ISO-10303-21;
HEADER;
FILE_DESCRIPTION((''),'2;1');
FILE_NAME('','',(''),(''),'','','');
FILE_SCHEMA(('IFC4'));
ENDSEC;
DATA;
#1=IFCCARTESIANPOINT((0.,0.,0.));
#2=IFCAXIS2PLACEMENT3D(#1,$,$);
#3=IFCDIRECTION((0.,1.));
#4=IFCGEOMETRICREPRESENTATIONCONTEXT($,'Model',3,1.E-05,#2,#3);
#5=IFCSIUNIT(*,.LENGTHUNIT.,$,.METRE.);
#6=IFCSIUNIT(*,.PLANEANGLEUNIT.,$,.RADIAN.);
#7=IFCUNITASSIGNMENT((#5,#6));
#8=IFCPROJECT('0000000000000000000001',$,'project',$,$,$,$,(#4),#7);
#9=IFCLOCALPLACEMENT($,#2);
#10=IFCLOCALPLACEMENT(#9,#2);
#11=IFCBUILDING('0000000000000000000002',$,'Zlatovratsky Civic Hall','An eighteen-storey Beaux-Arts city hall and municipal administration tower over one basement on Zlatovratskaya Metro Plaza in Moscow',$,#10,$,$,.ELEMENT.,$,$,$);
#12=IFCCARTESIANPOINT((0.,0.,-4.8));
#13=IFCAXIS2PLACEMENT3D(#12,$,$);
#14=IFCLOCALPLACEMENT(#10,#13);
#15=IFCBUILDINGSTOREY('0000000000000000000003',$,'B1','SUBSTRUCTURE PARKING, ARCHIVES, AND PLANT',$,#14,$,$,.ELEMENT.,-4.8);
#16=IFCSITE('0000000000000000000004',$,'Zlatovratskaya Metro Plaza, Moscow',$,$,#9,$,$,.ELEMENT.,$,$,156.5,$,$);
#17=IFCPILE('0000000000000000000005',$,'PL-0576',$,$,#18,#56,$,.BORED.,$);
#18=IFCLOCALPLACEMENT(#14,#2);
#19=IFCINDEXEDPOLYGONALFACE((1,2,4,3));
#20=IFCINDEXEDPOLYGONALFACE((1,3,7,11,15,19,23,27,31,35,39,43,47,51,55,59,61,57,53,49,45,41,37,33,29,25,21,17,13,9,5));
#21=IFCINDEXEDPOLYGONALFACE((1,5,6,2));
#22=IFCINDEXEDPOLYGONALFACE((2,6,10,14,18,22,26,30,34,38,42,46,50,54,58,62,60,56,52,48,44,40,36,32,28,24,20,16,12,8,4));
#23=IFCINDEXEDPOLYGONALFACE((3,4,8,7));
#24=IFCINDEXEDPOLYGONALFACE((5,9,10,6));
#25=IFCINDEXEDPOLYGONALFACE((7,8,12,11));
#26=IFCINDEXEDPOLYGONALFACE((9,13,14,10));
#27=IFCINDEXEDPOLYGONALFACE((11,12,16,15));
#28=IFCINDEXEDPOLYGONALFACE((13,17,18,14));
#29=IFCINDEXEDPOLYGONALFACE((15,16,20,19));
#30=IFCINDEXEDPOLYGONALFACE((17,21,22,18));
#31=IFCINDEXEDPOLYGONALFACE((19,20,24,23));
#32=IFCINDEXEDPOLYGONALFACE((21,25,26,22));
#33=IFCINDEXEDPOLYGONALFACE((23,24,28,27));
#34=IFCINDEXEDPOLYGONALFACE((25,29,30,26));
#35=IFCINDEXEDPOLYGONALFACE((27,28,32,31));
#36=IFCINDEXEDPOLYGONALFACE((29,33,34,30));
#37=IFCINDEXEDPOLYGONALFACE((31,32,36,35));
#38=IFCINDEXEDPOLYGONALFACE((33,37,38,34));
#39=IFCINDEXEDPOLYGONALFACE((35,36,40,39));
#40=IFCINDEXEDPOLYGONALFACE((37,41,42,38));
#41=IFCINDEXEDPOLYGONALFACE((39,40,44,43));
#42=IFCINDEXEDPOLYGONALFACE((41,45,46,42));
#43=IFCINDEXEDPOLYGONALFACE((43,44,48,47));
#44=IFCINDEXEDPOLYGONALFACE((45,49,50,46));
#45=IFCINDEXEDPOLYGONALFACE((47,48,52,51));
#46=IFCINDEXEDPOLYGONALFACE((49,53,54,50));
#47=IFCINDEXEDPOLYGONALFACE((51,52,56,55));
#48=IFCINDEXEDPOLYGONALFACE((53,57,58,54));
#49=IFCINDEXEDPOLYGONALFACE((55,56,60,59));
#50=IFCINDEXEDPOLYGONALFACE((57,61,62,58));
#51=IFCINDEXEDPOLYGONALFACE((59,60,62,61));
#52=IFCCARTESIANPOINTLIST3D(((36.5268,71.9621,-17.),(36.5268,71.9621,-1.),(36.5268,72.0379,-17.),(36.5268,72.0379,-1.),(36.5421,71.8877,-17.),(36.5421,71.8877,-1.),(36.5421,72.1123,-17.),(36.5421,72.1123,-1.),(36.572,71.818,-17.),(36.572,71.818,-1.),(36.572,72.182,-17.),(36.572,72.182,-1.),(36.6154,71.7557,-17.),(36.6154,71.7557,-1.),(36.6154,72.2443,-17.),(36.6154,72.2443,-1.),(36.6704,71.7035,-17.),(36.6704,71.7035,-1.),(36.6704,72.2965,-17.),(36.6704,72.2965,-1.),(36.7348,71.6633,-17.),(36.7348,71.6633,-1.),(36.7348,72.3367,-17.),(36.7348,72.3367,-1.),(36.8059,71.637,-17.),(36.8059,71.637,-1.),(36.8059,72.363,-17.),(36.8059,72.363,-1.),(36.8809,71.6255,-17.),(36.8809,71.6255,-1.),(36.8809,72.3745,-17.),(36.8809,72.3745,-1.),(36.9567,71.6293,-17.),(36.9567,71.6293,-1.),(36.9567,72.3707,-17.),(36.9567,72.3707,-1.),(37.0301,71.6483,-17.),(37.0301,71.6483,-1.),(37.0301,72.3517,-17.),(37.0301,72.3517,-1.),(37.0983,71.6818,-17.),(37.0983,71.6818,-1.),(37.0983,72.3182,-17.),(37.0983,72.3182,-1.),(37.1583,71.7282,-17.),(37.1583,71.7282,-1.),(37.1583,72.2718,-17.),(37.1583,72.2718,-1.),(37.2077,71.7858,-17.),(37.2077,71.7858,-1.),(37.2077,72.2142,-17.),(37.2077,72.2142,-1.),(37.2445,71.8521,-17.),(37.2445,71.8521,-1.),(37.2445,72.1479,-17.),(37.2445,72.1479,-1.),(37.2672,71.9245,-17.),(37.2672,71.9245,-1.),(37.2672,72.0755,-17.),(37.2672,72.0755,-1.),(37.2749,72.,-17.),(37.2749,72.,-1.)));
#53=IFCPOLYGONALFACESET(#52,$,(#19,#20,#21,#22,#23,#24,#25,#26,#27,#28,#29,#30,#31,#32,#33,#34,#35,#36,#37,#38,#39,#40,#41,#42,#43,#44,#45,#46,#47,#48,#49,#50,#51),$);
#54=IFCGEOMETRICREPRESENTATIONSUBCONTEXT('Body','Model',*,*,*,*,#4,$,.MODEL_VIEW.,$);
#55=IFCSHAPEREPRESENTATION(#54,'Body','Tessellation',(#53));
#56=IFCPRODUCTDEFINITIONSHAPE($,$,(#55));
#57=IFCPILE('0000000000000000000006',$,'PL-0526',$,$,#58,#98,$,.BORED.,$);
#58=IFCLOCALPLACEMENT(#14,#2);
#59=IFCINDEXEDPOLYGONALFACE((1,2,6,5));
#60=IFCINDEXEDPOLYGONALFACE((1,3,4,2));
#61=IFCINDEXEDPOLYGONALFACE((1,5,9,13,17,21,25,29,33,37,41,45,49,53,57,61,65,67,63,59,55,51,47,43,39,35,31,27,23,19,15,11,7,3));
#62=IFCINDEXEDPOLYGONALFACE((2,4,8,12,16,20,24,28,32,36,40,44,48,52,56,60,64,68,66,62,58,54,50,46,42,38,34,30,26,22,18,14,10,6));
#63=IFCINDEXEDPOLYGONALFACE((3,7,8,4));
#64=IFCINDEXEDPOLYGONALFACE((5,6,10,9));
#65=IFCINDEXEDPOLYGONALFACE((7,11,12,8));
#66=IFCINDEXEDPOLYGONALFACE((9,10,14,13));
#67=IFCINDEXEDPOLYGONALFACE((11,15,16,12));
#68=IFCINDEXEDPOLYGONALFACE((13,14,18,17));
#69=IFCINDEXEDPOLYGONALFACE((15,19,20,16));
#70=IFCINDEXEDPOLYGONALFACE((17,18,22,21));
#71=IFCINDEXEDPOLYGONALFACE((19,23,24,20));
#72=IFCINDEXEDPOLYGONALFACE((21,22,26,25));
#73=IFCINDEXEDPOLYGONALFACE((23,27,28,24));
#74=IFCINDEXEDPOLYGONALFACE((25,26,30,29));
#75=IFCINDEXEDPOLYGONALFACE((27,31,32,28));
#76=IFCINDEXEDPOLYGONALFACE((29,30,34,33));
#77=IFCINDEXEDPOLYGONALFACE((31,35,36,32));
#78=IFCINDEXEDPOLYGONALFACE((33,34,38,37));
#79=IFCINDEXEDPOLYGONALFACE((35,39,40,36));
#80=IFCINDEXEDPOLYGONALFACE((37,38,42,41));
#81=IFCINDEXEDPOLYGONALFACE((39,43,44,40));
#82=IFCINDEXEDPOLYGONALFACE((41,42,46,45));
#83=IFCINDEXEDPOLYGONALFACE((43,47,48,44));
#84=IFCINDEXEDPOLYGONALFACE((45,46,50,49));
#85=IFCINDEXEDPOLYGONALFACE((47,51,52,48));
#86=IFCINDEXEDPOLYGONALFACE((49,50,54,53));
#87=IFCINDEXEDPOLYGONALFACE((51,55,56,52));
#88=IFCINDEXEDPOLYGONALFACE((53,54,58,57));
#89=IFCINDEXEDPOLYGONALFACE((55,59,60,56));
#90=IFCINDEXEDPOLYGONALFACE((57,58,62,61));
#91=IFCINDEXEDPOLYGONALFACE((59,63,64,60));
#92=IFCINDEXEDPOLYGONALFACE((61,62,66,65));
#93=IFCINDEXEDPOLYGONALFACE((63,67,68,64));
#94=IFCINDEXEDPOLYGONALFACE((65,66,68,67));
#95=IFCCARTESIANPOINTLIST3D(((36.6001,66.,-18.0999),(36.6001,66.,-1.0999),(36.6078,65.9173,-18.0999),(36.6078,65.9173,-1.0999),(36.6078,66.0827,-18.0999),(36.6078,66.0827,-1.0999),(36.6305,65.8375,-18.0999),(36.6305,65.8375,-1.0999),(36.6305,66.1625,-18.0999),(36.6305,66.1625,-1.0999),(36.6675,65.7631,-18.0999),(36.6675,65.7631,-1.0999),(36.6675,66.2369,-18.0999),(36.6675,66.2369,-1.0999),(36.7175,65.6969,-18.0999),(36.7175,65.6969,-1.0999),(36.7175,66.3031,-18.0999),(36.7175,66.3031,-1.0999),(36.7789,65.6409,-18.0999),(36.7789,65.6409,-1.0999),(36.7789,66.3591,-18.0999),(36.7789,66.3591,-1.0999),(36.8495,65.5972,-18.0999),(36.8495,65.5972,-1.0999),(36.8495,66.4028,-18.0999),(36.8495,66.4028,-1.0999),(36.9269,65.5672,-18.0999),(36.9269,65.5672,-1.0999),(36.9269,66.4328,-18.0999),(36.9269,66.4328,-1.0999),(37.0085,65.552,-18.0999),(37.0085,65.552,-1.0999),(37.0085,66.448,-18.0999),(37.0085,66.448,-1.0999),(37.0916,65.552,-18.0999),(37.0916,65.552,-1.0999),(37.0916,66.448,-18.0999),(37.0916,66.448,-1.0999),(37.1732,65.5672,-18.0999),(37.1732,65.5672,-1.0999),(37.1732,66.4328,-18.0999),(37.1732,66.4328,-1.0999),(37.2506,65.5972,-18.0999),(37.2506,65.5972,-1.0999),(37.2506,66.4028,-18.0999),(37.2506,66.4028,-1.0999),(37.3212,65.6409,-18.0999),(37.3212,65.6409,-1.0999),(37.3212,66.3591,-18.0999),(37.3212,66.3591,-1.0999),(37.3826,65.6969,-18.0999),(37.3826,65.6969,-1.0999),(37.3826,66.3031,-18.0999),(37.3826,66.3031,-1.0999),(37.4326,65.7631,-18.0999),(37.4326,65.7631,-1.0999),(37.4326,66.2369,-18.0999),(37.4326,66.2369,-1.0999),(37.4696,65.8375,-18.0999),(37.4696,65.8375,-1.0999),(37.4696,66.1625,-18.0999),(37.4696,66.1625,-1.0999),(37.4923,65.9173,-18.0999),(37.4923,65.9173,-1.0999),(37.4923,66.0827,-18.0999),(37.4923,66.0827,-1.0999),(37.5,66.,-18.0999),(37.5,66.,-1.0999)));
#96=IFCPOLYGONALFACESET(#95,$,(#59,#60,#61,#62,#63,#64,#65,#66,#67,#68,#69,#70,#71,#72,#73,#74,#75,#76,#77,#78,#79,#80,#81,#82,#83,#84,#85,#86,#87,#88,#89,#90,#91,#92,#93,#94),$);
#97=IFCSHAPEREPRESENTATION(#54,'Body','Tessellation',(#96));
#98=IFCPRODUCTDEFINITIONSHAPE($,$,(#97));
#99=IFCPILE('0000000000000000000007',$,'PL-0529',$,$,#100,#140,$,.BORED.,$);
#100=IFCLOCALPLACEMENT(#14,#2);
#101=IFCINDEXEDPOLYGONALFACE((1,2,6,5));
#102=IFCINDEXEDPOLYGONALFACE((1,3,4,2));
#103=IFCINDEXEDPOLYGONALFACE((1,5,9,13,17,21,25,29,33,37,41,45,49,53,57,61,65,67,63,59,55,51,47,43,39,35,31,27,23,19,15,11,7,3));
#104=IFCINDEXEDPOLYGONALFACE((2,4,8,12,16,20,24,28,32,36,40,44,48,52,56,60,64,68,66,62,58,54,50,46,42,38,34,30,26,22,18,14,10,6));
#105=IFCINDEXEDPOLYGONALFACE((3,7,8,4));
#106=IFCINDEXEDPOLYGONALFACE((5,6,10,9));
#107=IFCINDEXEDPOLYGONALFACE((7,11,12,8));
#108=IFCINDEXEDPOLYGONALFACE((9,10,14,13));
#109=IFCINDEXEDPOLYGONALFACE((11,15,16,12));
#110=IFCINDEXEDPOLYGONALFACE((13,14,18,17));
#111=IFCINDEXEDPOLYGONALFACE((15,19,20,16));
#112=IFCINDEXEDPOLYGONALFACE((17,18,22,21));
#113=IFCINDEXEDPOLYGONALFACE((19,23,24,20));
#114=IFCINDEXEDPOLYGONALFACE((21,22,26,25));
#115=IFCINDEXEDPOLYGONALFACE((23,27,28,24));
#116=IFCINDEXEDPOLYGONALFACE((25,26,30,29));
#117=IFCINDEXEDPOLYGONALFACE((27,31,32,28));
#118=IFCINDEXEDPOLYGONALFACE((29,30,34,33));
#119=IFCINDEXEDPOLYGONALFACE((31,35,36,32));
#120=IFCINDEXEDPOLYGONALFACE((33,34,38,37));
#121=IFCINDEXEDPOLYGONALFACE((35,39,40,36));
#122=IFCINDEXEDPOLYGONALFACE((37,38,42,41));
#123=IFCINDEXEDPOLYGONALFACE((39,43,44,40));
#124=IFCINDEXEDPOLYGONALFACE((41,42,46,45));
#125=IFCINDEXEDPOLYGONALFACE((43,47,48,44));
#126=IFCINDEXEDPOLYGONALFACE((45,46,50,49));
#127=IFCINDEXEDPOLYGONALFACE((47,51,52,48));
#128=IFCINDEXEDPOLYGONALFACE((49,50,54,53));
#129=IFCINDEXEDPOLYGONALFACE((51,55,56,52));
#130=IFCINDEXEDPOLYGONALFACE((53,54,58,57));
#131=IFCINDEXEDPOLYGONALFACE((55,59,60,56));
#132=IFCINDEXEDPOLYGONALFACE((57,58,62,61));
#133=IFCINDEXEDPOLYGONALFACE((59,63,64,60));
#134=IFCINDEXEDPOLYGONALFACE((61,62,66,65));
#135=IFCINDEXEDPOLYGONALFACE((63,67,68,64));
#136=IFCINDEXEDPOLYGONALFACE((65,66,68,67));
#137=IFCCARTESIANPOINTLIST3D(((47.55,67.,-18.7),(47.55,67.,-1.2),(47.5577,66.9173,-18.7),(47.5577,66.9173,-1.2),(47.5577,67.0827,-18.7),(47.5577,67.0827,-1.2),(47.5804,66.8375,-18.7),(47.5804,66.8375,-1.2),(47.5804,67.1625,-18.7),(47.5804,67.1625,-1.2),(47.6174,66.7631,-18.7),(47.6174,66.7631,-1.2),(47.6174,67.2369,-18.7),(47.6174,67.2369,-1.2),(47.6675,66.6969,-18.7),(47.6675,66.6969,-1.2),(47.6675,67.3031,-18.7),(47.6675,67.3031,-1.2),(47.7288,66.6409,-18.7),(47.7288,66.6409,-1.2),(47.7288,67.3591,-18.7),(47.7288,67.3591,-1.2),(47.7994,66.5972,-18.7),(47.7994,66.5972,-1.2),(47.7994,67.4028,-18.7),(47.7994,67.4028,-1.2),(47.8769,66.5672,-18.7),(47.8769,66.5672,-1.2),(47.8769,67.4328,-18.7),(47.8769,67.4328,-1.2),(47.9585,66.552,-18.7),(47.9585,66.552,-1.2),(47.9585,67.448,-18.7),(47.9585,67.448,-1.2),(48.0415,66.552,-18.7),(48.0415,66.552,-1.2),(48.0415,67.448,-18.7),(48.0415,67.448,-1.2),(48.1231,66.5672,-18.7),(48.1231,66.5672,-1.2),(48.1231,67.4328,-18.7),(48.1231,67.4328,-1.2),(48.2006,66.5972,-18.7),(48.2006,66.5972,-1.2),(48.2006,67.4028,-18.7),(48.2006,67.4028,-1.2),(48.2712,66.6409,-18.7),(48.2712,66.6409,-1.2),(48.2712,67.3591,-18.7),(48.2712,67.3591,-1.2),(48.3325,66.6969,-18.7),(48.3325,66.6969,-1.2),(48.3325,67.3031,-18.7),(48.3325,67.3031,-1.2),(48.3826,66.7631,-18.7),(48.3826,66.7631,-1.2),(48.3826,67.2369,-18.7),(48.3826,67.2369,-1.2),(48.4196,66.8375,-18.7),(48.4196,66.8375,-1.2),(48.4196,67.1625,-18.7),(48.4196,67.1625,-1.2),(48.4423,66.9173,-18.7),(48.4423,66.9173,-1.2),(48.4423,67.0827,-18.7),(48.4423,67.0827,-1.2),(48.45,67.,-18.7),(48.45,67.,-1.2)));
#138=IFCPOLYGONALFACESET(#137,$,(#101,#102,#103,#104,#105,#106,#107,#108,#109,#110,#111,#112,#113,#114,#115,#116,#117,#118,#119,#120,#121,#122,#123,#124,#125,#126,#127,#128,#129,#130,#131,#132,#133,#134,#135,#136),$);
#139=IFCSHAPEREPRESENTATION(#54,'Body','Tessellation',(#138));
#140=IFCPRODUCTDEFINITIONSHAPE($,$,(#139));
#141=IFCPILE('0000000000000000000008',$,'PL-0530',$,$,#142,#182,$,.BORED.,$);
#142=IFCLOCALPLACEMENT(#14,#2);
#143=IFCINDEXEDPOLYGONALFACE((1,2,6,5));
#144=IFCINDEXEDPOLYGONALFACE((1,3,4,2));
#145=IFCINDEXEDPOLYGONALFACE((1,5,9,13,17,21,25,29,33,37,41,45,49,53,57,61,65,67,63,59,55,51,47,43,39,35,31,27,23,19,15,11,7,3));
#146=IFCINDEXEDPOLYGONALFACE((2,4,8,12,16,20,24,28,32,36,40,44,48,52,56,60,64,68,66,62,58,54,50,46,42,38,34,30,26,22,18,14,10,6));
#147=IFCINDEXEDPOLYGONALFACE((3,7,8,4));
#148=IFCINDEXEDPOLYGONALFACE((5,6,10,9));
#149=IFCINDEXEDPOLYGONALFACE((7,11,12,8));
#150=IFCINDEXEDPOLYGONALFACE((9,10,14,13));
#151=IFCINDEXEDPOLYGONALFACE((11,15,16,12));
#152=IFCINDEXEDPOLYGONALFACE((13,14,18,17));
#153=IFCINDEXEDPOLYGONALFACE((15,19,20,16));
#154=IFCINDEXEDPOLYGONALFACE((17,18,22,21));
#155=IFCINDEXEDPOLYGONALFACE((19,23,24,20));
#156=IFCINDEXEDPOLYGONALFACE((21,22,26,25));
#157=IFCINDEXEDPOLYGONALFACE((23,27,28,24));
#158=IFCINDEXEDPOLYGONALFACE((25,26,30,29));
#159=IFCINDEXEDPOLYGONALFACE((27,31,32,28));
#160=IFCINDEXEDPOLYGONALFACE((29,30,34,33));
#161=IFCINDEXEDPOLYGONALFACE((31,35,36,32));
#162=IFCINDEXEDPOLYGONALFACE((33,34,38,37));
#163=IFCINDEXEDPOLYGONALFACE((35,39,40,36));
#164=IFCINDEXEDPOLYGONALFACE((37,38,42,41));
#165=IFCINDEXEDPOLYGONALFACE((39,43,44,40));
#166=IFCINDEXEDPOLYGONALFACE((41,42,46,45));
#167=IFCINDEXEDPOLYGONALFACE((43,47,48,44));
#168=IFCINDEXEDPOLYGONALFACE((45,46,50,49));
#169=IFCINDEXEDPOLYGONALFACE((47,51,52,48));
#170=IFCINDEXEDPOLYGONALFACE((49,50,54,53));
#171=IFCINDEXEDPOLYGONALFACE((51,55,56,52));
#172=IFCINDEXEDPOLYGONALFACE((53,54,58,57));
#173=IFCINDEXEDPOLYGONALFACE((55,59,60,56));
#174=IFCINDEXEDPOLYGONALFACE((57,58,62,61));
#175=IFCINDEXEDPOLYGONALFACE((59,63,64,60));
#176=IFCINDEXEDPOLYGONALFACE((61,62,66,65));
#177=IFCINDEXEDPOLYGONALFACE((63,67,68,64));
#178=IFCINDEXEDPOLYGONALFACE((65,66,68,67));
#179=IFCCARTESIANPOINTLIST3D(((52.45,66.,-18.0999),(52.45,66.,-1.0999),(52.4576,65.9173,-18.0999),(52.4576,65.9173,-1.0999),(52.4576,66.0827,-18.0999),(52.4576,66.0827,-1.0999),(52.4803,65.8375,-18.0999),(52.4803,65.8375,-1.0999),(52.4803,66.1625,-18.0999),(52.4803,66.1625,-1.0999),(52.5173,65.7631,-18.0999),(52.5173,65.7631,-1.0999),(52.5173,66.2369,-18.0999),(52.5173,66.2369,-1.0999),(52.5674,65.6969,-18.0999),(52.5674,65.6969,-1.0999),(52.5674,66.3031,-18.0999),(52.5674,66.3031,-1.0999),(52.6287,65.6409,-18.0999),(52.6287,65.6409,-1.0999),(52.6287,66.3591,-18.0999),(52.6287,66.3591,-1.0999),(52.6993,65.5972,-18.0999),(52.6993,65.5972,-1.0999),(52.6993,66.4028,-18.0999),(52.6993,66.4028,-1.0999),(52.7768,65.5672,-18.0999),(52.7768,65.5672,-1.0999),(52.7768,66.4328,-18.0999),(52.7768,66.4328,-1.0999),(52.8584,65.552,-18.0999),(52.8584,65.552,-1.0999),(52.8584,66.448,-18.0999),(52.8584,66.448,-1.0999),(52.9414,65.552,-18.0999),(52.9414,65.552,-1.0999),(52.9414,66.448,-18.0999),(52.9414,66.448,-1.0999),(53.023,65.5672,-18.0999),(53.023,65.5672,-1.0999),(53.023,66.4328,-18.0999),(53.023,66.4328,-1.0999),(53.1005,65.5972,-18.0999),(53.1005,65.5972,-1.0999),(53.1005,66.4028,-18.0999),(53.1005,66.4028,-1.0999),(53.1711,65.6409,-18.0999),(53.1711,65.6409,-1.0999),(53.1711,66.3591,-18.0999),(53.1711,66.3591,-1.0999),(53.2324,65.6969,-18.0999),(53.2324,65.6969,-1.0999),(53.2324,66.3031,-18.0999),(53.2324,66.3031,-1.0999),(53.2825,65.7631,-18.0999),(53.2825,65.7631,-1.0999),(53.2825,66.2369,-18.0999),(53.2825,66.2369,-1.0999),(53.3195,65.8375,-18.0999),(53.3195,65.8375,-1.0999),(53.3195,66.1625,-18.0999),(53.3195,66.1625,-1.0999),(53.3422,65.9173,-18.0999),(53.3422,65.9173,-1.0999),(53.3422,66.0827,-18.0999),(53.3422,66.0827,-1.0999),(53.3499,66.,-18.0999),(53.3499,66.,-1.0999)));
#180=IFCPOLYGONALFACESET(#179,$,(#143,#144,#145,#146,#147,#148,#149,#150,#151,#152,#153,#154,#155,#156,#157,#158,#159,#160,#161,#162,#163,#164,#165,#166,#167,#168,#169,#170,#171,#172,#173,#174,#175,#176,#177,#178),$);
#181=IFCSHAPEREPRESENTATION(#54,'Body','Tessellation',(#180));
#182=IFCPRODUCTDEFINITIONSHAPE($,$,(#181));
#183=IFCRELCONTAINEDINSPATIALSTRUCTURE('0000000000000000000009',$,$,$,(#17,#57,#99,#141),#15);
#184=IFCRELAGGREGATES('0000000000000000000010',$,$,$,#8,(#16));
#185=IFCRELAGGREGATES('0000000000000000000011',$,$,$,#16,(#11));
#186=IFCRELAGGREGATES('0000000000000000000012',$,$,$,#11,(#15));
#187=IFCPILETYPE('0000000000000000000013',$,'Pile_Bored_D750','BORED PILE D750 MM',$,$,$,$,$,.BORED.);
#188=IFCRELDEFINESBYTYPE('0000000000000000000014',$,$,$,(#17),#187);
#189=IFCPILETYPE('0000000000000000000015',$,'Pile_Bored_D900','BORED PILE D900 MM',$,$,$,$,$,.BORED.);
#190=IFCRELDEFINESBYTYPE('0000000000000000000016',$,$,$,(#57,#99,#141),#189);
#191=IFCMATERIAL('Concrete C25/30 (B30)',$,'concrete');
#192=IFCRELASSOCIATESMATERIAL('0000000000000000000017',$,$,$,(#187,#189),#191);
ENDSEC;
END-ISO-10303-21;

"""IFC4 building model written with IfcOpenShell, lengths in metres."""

from ifc_helpers import new_model, si_unit, direction, frame, origin, origin_2d, place, context, subcontext, project, spatial, circle, extrude, material, material_profile, profile_set, type_object, element, save


model = new_model("IFC4")

# Units and contexts
model_context = context("Model", 3, precision=1e-05, world=origin(), true_north=direction((0.0, 1.0)))
body_context = subcontext(model_context, "Body", "Model", "MODEL_VIEW")
ifc_project = project(units=[si_unit("LENGTHUNIT", "METRE"), si_unit("PLANEANGLEUNIT", "RADIAN")], contexts=[model_context])

# Site, building, storey
site_placement = place(None, origin())
site = spatial("IfcSite", under=ifc_project, at=site_placement, Name="Zlatovratskaya Metro Plaza, Moscow", CompositionType="ELEMENT", RefElevation=156.5)
building_placement = place(site_placement, origin())
building = spatial("IfcBuilding", under=site, at=building_placement, Name="Zlatovratsky Civic Hall", Description="An eighteen-storey Beaux-Arts city hall and municipal administration tower over one basement on Zlatovratskaya Metro Plaza in Moscow", CompositionType="ELEMENT")
storey_placement = place(building_placement, frame((0.0, 0.0, -4.8)))
storey = spatial("IfcBuildingStorey", under=building, at=storey_placement, Name="B1", Description="SUBSTRUCTURE PARKING, ARCHIVES, AND PLANT", CompositionType="ELEMENT", Elevation=-4.8)

# Shared definitions
ifc_material_1 = material(Name="Concrete C25/30 (B30)", Category="concrete")

# Piles
ifc_material_profile_1 = material_profile(ifc_material_1, circle(Radius=0.375, at=origin_2d()), Name="PILE D750")
ifc_profile_set_1 = profile_set([ifc_material_profile_1], Name="Concrete C25/30 (B30)")
pile_type_1 = type_object("IfcPileType", Name="Pile_Bored_D750", Description="BORED PILE D750 MM", PredefinedType="BORED", material=ifc_profile_set_1)
pile_1_placement = place(storey_placement, frame((36.8999, 72.0, -1.0), z_axis=(0.0, 0.0, -1.0), x_axis=(1.0, 0.0, 0.0)))
element("IfcPile", 1, at=pile_1_placement, inside=storey, type_object=pile_type_1, Name="PL-0576", PredefinedType="BORED", context=body_context, shape_type="SweptSolid", body=[
    extrude(circle(Radius=0.375, at=origin_2d()), origin(), (0.0, 0.0, 1.0), 16.0),
])
ifc_material_profile_2 = material_profile(ifc_material_1, circle(Radius=0.45, at=origin_2d()), Name="PILE D900")
ifc_profile_set_2 = profile_set([ifc_material_profile_2], Name="Concrete C25/30 (B30)")
pile_type_2 = type_object("IfcPileType", Name="Pile_Bored_D900", Description="BORED PILE D900 MM", PredefinedType="BORED", material=ifc_profile_set_2)
pile_2_placement = place(storey_placement, frame((37.05, 66.0, -1.0999), z_axis=(0.0, 0.0, -1.0), x_axis=(1.0, 0.0, 0.0)))
element("IfcPile", 2, at=pile_2_placement, inside=storey, type_object=pile_type_2, Name="PL-0526", PredefinedType="BORED", context=body_context, shape_type="SweptSolid", body=[
    extrude(circle(Radius=0.45, at=origin_2d()), origin(), (0.0, 0.0, 1.0), 17.0),
])
pile_3_placement = place(storey_placement, frame((48.0, 67.0, -1.2), z_axis=(0.0, 0.0, -1.0), x_axis=(1.0, 0.0, 0.0)))
element("IfcPile", 3, at=pile_3_placement, inside=storey, type_object=pile_type_2, Name="PL-0529", PredefinedType="BORED", context=body_context, shape_type="SweptSolid", body=[
    extrude(circle(Radius=0.45, at=origin_2d()), origin(), (0.0, 0.0, 1.0), 17.5),
])
pile_4_placement = place(storey_placement, frame((52.8999, 66.0, -1.0999), z_axis=(0.0, 0.0, -1.0), x_axis=(1.0, 0.0, 0.0)))
element("IfcPile", 4, at=pile_4_placement, inside=storey, type_object=pile_type_2, Name="PL-0530", PredefinedType="BORED", context=body_context, shape_type="SweptSolid", body=[
    extrude(circle(Radius=0.45, at=origin_2d()), origin(), (0.0, 0.0, 1.0), 17.0),
])

save(model, "model.ifc")
